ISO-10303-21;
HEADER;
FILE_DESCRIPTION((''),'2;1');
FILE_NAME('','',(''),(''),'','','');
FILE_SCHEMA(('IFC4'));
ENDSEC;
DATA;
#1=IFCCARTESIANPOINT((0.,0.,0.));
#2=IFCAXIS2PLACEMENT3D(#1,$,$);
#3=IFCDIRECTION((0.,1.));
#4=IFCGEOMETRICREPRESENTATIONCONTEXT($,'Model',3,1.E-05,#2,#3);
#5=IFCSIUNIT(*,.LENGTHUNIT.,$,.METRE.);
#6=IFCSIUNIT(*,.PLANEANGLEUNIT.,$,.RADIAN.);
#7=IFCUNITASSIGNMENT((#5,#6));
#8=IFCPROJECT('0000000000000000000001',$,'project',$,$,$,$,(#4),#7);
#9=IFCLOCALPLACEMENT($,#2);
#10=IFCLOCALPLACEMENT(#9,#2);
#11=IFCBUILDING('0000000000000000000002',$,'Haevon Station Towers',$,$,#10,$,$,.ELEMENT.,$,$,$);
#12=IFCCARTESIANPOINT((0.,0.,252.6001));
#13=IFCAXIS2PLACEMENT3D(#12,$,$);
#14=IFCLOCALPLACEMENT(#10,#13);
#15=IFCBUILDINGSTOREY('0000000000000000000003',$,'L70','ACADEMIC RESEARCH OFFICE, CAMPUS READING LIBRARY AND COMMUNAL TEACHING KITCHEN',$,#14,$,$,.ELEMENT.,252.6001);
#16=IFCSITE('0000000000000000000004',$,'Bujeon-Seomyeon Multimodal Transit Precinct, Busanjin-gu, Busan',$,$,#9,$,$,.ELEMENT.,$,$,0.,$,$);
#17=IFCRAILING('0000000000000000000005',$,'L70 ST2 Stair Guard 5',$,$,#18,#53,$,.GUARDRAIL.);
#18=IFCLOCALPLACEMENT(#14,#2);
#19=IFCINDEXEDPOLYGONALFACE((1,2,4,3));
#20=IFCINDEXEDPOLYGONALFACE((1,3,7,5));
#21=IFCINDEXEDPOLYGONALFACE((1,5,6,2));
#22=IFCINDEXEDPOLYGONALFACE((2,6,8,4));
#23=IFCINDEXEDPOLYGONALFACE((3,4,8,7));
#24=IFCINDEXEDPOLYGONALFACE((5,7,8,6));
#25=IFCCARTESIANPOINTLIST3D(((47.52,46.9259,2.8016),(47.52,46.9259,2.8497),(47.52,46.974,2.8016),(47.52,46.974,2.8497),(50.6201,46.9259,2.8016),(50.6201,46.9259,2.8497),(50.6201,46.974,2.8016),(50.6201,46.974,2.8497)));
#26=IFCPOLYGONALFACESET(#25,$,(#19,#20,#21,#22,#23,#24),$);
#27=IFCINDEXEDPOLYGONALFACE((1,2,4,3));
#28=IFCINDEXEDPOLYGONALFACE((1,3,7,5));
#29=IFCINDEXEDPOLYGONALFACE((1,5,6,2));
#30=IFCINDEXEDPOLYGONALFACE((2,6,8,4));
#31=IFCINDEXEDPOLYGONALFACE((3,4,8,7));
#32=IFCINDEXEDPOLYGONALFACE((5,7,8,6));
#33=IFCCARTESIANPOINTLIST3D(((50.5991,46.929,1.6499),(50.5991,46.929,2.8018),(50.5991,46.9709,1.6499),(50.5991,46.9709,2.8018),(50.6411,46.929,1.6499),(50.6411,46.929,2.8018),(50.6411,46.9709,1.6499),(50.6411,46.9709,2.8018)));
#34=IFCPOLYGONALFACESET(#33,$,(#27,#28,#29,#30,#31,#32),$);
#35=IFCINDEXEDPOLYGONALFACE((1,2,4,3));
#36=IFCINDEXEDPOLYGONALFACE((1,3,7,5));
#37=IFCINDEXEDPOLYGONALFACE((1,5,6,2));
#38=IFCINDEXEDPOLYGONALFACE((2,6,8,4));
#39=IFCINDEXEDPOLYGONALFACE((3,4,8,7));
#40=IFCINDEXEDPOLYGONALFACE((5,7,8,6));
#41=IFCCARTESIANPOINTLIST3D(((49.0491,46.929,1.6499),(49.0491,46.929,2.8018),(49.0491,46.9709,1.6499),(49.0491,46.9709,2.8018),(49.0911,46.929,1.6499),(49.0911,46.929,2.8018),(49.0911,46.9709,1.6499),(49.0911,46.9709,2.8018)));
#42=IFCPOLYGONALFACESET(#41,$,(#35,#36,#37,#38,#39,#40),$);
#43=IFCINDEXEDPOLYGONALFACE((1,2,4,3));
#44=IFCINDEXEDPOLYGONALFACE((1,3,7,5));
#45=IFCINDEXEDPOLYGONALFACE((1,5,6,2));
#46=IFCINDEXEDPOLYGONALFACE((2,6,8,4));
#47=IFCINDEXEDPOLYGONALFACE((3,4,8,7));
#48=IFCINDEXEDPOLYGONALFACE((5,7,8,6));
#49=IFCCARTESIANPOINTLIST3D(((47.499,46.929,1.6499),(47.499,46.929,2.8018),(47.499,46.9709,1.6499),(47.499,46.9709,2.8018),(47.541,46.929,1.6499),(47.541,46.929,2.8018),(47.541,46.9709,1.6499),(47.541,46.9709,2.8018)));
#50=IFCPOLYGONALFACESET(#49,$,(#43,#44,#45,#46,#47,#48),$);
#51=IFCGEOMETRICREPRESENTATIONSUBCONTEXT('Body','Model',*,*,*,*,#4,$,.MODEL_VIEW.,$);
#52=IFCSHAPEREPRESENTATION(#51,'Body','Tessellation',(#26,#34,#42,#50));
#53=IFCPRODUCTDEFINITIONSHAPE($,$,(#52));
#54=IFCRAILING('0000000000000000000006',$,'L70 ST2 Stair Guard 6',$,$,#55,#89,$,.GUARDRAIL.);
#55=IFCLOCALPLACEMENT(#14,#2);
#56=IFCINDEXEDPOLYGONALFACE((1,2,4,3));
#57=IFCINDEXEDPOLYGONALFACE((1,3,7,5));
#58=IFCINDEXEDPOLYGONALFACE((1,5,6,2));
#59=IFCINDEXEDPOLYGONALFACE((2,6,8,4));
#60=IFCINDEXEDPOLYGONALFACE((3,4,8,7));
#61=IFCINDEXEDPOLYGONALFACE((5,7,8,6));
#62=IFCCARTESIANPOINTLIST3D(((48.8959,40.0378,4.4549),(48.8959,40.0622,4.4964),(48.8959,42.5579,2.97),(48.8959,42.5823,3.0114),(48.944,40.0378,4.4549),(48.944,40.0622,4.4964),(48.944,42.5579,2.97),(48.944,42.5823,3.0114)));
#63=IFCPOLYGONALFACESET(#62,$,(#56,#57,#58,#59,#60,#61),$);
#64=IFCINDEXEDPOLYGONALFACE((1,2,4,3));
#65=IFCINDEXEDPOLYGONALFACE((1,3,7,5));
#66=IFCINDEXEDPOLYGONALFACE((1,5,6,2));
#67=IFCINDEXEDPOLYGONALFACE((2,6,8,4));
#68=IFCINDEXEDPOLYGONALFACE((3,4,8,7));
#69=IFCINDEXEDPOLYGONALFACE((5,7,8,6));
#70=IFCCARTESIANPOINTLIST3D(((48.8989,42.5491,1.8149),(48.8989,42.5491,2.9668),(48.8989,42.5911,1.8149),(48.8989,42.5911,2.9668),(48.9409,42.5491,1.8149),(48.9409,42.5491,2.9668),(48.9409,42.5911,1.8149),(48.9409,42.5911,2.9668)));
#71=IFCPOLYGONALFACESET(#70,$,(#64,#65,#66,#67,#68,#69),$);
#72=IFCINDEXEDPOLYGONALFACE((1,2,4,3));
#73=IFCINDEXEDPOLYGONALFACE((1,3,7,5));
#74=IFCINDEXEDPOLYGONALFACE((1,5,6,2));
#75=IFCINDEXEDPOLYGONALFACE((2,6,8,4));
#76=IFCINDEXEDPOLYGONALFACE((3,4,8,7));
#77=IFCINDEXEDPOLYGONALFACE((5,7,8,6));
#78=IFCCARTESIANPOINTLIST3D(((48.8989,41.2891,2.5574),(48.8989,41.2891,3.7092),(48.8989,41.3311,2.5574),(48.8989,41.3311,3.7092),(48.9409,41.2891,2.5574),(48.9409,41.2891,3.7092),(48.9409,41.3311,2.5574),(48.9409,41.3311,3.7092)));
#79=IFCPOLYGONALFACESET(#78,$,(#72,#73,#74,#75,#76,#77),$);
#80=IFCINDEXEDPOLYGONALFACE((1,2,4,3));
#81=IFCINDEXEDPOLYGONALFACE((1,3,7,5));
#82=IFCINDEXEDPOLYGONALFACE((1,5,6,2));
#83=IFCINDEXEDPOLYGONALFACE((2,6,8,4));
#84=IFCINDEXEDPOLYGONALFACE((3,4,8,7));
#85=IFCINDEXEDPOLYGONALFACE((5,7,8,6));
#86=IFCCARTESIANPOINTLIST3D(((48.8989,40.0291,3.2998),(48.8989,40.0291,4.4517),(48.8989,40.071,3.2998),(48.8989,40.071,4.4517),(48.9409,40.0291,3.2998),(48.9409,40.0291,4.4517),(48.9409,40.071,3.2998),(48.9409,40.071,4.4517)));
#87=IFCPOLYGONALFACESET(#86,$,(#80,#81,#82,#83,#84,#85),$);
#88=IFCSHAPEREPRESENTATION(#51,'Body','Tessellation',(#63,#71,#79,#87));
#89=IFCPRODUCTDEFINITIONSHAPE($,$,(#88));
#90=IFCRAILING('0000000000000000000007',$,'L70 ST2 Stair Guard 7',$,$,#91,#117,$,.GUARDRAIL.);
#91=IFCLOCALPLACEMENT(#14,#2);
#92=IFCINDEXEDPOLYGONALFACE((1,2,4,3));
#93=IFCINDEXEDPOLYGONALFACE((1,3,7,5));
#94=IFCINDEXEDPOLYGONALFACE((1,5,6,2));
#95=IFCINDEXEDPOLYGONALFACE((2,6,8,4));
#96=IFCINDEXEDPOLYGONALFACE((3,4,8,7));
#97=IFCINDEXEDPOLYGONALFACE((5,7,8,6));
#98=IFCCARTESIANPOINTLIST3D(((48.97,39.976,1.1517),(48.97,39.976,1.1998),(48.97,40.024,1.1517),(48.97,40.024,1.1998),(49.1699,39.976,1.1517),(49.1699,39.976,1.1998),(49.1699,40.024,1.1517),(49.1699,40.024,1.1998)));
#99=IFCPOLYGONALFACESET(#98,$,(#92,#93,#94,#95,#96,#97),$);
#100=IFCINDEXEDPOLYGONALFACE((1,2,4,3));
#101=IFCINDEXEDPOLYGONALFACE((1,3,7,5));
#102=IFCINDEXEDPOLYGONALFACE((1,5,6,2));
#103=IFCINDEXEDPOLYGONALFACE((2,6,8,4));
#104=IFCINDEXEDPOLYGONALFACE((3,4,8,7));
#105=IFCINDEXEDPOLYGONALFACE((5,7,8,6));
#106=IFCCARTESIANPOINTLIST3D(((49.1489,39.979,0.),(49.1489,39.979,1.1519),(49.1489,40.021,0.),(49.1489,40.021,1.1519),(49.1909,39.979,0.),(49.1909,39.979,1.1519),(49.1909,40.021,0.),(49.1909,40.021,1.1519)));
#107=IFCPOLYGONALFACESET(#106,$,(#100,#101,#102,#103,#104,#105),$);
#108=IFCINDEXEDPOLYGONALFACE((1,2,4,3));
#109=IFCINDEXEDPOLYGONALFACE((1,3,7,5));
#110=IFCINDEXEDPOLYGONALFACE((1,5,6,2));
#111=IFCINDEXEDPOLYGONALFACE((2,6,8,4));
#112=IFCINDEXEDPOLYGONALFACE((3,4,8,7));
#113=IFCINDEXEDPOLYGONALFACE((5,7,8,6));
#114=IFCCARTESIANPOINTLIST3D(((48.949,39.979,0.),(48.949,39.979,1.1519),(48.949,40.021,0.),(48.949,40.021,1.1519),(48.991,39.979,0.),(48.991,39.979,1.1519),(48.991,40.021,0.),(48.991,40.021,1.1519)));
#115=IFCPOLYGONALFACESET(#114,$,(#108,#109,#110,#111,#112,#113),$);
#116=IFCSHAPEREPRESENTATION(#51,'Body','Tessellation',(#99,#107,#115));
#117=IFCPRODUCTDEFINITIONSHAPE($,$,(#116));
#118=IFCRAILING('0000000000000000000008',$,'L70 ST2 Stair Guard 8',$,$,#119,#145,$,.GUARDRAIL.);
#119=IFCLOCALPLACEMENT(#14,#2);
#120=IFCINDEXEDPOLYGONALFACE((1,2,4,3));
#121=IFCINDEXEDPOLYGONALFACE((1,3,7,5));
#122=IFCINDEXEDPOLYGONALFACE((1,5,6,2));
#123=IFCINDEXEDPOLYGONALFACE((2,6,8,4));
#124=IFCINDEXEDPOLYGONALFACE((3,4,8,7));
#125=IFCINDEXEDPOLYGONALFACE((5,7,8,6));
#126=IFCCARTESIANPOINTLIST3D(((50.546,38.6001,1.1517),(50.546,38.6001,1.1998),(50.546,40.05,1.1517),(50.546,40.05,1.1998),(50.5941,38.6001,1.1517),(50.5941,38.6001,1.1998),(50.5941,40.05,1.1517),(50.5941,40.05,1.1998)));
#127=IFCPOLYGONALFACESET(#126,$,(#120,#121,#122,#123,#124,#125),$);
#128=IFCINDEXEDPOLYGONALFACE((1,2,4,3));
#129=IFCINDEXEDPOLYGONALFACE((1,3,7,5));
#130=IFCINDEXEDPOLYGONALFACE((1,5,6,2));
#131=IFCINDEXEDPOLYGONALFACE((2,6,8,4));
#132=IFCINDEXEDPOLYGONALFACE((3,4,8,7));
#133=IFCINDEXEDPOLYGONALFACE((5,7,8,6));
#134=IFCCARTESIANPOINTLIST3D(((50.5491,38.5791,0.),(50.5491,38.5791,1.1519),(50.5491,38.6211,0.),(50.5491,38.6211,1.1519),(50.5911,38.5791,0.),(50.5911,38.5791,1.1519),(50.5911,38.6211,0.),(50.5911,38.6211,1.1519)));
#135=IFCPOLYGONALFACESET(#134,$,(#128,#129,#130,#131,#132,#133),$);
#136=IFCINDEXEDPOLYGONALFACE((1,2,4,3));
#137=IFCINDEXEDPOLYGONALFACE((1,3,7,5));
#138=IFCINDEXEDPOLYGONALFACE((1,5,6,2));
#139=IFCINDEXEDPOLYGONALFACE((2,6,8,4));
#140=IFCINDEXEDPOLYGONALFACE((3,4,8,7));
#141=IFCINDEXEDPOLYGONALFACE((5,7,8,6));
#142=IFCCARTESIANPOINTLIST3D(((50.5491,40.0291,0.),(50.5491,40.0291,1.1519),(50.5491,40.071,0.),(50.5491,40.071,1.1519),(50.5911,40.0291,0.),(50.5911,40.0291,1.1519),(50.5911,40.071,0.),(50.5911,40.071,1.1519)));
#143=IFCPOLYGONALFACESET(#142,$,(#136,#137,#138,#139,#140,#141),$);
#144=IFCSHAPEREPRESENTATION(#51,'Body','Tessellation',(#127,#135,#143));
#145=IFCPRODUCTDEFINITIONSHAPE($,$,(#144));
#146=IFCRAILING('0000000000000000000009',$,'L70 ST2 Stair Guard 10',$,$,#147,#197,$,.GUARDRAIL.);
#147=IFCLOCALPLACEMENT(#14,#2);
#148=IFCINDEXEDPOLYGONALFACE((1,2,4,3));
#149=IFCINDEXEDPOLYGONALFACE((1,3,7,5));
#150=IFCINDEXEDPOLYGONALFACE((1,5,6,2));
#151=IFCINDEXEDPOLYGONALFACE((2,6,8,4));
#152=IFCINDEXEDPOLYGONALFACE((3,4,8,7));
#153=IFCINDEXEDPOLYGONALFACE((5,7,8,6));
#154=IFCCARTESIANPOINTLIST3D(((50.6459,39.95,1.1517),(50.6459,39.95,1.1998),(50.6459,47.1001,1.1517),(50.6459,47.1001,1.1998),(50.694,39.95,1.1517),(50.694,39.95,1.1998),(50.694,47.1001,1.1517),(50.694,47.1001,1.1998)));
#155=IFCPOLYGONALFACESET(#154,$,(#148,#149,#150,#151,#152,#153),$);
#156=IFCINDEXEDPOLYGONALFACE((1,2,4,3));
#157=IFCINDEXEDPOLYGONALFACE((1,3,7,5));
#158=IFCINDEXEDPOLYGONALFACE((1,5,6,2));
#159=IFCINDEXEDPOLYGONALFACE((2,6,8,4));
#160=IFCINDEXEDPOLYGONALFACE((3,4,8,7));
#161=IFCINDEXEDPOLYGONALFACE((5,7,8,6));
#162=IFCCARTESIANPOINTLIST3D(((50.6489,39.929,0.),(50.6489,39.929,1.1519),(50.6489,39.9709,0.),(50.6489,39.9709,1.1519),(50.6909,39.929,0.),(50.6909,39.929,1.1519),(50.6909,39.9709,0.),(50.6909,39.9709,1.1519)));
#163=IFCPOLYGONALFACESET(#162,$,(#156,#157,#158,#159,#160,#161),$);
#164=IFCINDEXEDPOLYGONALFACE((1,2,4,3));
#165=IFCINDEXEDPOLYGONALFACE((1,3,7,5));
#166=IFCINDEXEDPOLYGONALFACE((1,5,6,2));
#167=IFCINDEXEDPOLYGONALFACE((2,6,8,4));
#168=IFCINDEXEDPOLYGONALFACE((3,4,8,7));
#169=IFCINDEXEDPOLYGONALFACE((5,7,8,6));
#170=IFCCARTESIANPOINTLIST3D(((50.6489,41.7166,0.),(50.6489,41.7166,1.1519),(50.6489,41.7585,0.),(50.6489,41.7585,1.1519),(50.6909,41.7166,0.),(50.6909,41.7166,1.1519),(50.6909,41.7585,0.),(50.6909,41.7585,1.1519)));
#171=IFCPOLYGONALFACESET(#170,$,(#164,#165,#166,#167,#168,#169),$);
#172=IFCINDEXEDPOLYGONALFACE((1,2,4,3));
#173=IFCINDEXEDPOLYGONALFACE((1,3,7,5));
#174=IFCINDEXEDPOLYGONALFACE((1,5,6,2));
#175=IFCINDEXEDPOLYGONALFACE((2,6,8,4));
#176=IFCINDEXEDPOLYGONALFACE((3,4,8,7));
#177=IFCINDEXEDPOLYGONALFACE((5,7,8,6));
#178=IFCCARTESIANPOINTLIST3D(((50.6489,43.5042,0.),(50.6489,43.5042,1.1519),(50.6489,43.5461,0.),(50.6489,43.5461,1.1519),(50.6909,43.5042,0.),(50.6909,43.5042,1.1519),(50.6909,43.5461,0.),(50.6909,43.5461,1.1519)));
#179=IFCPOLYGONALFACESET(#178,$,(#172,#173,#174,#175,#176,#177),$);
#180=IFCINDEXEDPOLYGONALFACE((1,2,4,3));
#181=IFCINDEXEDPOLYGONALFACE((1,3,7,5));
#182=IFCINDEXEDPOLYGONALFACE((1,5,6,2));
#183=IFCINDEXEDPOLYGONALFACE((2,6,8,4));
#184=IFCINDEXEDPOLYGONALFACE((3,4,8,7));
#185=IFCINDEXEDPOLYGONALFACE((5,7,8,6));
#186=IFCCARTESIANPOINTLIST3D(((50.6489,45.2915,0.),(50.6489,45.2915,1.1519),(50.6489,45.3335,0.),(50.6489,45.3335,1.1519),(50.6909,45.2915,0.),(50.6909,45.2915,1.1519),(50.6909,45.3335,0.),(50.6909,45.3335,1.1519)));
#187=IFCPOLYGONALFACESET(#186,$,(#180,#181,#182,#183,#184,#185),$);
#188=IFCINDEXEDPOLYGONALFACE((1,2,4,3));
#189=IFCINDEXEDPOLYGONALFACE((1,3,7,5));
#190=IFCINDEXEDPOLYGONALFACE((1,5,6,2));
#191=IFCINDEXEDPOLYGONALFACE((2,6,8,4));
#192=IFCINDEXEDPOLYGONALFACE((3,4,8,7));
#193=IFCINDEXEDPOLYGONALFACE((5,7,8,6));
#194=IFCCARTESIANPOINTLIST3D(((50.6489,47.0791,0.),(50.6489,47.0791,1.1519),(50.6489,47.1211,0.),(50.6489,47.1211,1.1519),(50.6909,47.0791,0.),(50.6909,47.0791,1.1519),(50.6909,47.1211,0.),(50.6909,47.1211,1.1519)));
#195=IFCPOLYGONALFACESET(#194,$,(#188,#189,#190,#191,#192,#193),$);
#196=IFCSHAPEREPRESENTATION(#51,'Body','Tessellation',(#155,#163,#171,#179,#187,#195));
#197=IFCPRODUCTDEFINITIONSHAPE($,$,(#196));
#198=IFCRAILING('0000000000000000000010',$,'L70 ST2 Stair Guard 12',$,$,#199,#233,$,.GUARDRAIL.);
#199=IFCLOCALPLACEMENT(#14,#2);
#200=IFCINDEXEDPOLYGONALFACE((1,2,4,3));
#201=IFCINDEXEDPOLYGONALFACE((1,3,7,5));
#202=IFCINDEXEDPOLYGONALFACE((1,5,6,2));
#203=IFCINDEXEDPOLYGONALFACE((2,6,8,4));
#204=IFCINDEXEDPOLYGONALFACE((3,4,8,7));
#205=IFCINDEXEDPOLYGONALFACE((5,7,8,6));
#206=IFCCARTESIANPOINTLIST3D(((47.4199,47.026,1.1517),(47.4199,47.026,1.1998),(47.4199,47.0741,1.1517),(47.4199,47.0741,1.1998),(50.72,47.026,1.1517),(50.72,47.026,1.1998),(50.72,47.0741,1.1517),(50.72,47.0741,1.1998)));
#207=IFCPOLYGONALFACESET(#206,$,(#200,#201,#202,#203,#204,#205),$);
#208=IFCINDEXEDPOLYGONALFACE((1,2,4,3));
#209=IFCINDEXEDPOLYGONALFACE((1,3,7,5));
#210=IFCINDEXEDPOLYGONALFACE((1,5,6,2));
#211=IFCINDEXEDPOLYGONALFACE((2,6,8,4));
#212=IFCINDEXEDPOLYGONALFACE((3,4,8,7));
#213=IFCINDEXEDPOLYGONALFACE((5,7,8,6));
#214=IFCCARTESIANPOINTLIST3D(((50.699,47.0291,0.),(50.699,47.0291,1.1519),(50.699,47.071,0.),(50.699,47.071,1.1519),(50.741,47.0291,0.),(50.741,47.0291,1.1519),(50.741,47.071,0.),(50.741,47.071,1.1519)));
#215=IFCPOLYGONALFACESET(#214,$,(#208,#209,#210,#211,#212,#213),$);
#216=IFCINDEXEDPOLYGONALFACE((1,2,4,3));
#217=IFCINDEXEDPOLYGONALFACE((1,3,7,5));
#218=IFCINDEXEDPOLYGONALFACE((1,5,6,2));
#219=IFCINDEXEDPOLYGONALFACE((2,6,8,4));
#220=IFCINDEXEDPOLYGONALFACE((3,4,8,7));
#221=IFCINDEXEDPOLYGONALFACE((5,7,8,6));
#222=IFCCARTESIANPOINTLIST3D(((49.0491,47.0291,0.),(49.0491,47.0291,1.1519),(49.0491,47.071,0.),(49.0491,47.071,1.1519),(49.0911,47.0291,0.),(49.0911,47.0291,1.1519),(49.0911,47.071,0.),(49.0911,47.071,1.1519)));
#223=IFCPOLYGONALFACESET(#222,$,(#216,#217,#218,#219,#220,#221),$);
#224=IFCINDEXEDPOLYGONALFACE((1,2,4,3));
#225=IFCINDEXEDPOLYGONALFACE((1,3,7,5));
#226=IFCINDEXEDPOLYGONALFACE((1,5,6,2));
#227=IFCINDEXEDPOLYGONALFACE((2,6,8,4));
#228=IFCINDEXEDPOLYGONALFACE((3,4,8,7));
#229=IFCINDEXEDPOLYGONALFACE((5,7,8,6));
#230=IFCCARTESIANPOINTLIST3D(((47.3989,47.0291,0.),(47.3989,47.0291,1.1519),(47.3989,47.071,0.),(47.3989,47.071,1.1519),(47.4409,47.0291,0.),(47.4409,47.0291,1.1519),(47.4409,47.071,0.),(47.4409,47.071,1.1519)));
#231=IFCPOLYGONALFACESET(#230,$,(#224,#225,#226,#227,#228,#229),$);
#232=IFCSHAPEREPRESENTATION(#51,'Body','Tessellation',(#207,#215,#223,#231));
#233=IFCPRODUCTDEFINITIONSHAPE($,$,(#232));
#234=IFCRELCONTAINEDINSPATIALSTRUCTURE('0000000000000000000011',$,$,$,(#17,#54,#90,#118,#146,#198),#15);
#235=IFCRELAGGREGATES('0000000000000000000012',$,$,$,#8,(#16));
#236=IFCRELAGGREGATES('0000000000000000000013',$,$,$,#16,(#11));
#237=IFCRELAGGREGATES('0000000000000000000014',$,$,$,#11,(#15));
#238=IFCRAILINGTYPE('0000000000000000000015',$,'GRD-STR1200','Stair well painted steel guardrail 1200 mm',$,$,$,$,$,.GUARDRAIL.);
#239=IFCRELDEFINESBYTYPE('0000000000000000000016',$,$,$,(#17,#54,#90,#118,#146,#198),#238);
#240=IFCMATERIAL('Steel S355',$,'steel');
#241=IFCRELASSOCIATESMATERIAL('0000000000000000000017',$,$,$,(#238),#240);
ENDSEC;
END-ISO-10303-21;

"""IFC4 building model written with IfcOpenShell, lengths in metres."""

from ifc_helpers import new_model, si_unit, direction, frame, origin, origin_2d, place, context, subcontext, project, spatial, rectangle, extrude, material, type_object, element, save


model = new_model("IFC4")

# Units and contexts
model_context = context("Model", 3, precision=1e-05, world=origin(), true_north=direction((0.0, 1.0)))
body_context = subcontext(model_context, "Body", "Model", "MODEL_VIEW")
ifc_project = project(units=[si_unit("LENGTHUNIT", "METRE"), si_unit("PLANEANGLEUNIT", "RADIAN")], contexts=[model_context])

# Site, building, storey
site_placement = place(None, origin())
site = spatial("IfcSite", under=ifc_project, at=site_placement, Name="Bujeon-Seomyeon Multimodal Transit Precinct, Busanjin-gu, Busan", CompositionType="ELEMENT", RefElevation=0.0)
building_placement = place(site_placement, origin())
building = spatial("IfcBuilding", under=site, at=building_placement, Name="Haevon Station Towers", CompositionType="ELEMENT")
storey_placement = place(building_placement, frame((0.0, 0.0, 252.6001)))
storey = spatial("IfcBuildingStorey", under=building, at=storey_placement, Name="L70", Description="ACADEMIC RESEARCH OFFICE, CAMPUS READING LIBRARY AND COMMUNAL TEACHING KITCHEN", CompositionType="ELEMENT", Elevation=252.6001)

# Shared definitions
ifc_material_1 = material(Name="Steel S355", Category="steel")

# Railings
railing_type_1 = type_object("IfcRailingType", Name="GRD-STR1200", Description="Stair well painted steel guardrail 1200 mm", PredefinedType="GUARDRAIL", material=ifc_material_1)
railing_1_placement = place(storey_placement, frame((50.6201, 46.95, 1.6499)))
element("IfcRailing", 1, at=railing_1_placement, inside=storey, type_object=railing_type_1, Name="L70 ST2 Stair Guard 5", PredefinedType="GUARDRAIL", context=body_context, shape_type="SweptSolid", body=[
    extrude(rectangle(XDim=0.0481, YDim=0.0481, at=origin_2d()), frame((0.0, 0.0, 1.1758), z_axis=(-1.0, 0.0, 0.0), x_axis=(0.0, -1.0, 0.0)), (0.0, 0.0, 1.0), 3.1001),
    extrude(rectangle(XDim=0.042, YDim=0.042, at=origin_2d()), origin(), (0.0, 0.0, 1.0), 1.1519),
    extrude(rectangle(XDim=0.042, YDim=0.042, at=origin_2d()), frame((-1.55, 0.0, 0.0)), (0.0, 0.0, 1.0), 1.1519),
    extrude(rectangle(XDim=0.042, YDim=0.042, at=origin_2d()), frame((-3.1001, 0.0, 0.0)), (0.0, 0.0, 1.0), 1.1519),
])
railing_2_placement = place(storey_placement, frame((48.9199, 42.5701, 1.8149)))
element("IfcRailing", 2, at=railing_2_placement, inside=storey, type_object=railing_type_1, Name="L70 ST2 Stair Guard 6", PredefinedType="GUARDRAIL", context=body_context, shape_type="SweptSolid", body=[
    extrude(rectangle(XDim=0.0481, YDim=0.0481, at=origin_2d()), frame((0.0, 0.0, 1.1758), z_axis=(0.0, -0.861561, 0.507655), x_axis=(1.0, 0.0, 0.0)), (0.0, 0.0, 1.0), 2.925),
    extrude(rectangle(XDim=0.042, YDim=0.042, at=origin_2d()), origin(), (0.0, 0.0, 1.0), 1.1519),
    extrude(rectangle(XDim=0.042, YDim=0.042, at=origin_2d()), frame((0.0, -1.26, 0.7424)), (0.0, 0.0, 1.0), 1.1519),
    extrude(rectangle(XDim=0.042, YDim=0.042, at=origin_2d()), frame((0.0, -2.52, 1.4849)), (0.0, 0.0, 1.0), 1.1519),
])
railing_3_placement = place(storey_placement, frame((49.1699, 40.0, 0.0)))
element("IfcRailing", 3, at=railing_3_placement, inside=storey, type_object=railing_type_1, Name="L70 ST2 Stair Guard 7", PredefinedType="GUARDRAIL", context=body_context, shape_type="SweptSolid", body=[
    extrude(rectangle(XDim=0.0481, YDim=0.0481, at=origin_2d()), frame((0.0, 0.0, 1.1758), z_axis=(-1.0, 0.0, 0.0), x_axis=(0.0, -1.0, 0.0)), (0.0, 0.0, 1.0), 0.2),
    extrude(rectangle(XDim=0.042, YDim=0.042, at=origin_2d()), origin(), (0.0, 0.0, 1.0), 1.1519),
    extrude(rectangle(XDim=0.042, YDim=0.042, at=origin_2d()), frame((-0.2, 0.0, 0.0)), (0.0, 0.0, 1.0), 1.1519),
])
railing_4_placement = place(storey_placement, frame((50.5701, 38.6001, 0.0)))
element("IfcRailing", 4, at=railing_4_placement, inside=storey, type_object=railing_type_1, Name="L70 ST2 Stair Guard 8", PredefinedType="GUARDRAIL", context=body_context, shape_type="SweptSolid", body=[
    extrude(rectangle(XDim=0.0481, YDim=0.0481, at=origin_2d()), frame((0.0, 0.0, 1.1758), z_axis=(0.0, 1.0, 0.0), x_axis=(-1.0, 0.0, 0.0)), (0.0, 0.0, 1.0), 1.45),
    extrude(rectangle(XDim=0.042, YDim=0.042, at=origin_2d()), origin(), (0.0, 0.0, 1.0), 1.1519),
    extrude(rectangle(XDim=0.042, YDim=0.042, at=origin_2d()), frame((0.0, 1.45, 0.0)), (0.0, 0.0, 1.0), 1.1519),
])
railing_5_placement = place(storey_placement, frame((50.6699, 39.95, 0.0)))
element("IfcRailing", 5, at=railing_5_placement, inside=storey, type_object=railing_type_1, Name="L70 ST2 Stair Guard 10", PredefinedType="GUARDRAIL", context=body_context, shape_type="SweptSolid", body=[
    extrude(rectangle(XDim=0.0481, YDim=0.0481, at=origin_2d()), frame((0.0, 0.0, 1.1758), z_axis=(0.0, 1.0, 0.0), x_axis=(-1.0, 0.0, 0.0)), (0.0, 0.0, 1.0), 7.1501),
    extrude(rectangle(XDim=0.042, YDim=0.042, at=origin_2d()), origin(), (0.0, 0.0, 1.0), 1.1519),
    extrude(rectangle(XDim=0.042, YDim=0.042, at=origin_2d()), frame((0.0, 1.7876, 0.0)), (0.0, 0.0, 1.0), 1.1519),
    extrude(rectangle(XDim=0.042, YDim=0.042, at=origin_2d()), frame((0.0, 3.5752, 0.0)), (0.0, 0.0, 1.0), 1.1519),
    extrude(rectangle(XDim=0.042, YDim=0.042, at=origin_2d()), frame((0.0, 5.3625, 0.0)), (0.0, 0.0, 1.0), 1.1519),
    extrude(rectangle(XDim=0.042, YDim=0.042, at=origin_2d()), frame((0.0, 7.1501, 0.0)), (0.0, 0.0, 1.0), 1.1519),
])
railing_6_placement = place(storey_placement, frame((50.72, 47.05, 0.0)))
element("IfcRailing", 6, at=railing_6_placement, inside=storey, type_object=railing_type_1, Name="L70 ST2 Stair Guard 12", PredefinedType="GUARDRAIL", context=body_context, shape_type="SweptSolid", body=[
    extrude(rectangle(XDim=0.0481, YDim=0.0481, at=origin_2d()), frame((0.0, 0.0, 1.1758), z_axis=(-1.0, 0.0, 0.0), x_axis=(0.0, -1.0, 0.0)), (0.0, 0.0, 1.0), 3.3),
    extrude(rectangle(XDim=0.042, YDim=0.042, at=origin_2d()), origin(), (0.0, 0.0, 1.0), 1.1519),
    extrude(rectangle(XDim=0.042, YDim=0.042, at=origin_2d()), frame((-1.6499, 0.0, 0.0)), (0.0, 0.0, 1.0), 1.1519),
    extrude(rectangle(XDim=0.042, YDim=0.042, at=origin_2d()), frame((-3.3, 0.0, 0.0)), (0.0, 0.0, 1.0), 1.1519),
])

save(model, "model.ifc")
